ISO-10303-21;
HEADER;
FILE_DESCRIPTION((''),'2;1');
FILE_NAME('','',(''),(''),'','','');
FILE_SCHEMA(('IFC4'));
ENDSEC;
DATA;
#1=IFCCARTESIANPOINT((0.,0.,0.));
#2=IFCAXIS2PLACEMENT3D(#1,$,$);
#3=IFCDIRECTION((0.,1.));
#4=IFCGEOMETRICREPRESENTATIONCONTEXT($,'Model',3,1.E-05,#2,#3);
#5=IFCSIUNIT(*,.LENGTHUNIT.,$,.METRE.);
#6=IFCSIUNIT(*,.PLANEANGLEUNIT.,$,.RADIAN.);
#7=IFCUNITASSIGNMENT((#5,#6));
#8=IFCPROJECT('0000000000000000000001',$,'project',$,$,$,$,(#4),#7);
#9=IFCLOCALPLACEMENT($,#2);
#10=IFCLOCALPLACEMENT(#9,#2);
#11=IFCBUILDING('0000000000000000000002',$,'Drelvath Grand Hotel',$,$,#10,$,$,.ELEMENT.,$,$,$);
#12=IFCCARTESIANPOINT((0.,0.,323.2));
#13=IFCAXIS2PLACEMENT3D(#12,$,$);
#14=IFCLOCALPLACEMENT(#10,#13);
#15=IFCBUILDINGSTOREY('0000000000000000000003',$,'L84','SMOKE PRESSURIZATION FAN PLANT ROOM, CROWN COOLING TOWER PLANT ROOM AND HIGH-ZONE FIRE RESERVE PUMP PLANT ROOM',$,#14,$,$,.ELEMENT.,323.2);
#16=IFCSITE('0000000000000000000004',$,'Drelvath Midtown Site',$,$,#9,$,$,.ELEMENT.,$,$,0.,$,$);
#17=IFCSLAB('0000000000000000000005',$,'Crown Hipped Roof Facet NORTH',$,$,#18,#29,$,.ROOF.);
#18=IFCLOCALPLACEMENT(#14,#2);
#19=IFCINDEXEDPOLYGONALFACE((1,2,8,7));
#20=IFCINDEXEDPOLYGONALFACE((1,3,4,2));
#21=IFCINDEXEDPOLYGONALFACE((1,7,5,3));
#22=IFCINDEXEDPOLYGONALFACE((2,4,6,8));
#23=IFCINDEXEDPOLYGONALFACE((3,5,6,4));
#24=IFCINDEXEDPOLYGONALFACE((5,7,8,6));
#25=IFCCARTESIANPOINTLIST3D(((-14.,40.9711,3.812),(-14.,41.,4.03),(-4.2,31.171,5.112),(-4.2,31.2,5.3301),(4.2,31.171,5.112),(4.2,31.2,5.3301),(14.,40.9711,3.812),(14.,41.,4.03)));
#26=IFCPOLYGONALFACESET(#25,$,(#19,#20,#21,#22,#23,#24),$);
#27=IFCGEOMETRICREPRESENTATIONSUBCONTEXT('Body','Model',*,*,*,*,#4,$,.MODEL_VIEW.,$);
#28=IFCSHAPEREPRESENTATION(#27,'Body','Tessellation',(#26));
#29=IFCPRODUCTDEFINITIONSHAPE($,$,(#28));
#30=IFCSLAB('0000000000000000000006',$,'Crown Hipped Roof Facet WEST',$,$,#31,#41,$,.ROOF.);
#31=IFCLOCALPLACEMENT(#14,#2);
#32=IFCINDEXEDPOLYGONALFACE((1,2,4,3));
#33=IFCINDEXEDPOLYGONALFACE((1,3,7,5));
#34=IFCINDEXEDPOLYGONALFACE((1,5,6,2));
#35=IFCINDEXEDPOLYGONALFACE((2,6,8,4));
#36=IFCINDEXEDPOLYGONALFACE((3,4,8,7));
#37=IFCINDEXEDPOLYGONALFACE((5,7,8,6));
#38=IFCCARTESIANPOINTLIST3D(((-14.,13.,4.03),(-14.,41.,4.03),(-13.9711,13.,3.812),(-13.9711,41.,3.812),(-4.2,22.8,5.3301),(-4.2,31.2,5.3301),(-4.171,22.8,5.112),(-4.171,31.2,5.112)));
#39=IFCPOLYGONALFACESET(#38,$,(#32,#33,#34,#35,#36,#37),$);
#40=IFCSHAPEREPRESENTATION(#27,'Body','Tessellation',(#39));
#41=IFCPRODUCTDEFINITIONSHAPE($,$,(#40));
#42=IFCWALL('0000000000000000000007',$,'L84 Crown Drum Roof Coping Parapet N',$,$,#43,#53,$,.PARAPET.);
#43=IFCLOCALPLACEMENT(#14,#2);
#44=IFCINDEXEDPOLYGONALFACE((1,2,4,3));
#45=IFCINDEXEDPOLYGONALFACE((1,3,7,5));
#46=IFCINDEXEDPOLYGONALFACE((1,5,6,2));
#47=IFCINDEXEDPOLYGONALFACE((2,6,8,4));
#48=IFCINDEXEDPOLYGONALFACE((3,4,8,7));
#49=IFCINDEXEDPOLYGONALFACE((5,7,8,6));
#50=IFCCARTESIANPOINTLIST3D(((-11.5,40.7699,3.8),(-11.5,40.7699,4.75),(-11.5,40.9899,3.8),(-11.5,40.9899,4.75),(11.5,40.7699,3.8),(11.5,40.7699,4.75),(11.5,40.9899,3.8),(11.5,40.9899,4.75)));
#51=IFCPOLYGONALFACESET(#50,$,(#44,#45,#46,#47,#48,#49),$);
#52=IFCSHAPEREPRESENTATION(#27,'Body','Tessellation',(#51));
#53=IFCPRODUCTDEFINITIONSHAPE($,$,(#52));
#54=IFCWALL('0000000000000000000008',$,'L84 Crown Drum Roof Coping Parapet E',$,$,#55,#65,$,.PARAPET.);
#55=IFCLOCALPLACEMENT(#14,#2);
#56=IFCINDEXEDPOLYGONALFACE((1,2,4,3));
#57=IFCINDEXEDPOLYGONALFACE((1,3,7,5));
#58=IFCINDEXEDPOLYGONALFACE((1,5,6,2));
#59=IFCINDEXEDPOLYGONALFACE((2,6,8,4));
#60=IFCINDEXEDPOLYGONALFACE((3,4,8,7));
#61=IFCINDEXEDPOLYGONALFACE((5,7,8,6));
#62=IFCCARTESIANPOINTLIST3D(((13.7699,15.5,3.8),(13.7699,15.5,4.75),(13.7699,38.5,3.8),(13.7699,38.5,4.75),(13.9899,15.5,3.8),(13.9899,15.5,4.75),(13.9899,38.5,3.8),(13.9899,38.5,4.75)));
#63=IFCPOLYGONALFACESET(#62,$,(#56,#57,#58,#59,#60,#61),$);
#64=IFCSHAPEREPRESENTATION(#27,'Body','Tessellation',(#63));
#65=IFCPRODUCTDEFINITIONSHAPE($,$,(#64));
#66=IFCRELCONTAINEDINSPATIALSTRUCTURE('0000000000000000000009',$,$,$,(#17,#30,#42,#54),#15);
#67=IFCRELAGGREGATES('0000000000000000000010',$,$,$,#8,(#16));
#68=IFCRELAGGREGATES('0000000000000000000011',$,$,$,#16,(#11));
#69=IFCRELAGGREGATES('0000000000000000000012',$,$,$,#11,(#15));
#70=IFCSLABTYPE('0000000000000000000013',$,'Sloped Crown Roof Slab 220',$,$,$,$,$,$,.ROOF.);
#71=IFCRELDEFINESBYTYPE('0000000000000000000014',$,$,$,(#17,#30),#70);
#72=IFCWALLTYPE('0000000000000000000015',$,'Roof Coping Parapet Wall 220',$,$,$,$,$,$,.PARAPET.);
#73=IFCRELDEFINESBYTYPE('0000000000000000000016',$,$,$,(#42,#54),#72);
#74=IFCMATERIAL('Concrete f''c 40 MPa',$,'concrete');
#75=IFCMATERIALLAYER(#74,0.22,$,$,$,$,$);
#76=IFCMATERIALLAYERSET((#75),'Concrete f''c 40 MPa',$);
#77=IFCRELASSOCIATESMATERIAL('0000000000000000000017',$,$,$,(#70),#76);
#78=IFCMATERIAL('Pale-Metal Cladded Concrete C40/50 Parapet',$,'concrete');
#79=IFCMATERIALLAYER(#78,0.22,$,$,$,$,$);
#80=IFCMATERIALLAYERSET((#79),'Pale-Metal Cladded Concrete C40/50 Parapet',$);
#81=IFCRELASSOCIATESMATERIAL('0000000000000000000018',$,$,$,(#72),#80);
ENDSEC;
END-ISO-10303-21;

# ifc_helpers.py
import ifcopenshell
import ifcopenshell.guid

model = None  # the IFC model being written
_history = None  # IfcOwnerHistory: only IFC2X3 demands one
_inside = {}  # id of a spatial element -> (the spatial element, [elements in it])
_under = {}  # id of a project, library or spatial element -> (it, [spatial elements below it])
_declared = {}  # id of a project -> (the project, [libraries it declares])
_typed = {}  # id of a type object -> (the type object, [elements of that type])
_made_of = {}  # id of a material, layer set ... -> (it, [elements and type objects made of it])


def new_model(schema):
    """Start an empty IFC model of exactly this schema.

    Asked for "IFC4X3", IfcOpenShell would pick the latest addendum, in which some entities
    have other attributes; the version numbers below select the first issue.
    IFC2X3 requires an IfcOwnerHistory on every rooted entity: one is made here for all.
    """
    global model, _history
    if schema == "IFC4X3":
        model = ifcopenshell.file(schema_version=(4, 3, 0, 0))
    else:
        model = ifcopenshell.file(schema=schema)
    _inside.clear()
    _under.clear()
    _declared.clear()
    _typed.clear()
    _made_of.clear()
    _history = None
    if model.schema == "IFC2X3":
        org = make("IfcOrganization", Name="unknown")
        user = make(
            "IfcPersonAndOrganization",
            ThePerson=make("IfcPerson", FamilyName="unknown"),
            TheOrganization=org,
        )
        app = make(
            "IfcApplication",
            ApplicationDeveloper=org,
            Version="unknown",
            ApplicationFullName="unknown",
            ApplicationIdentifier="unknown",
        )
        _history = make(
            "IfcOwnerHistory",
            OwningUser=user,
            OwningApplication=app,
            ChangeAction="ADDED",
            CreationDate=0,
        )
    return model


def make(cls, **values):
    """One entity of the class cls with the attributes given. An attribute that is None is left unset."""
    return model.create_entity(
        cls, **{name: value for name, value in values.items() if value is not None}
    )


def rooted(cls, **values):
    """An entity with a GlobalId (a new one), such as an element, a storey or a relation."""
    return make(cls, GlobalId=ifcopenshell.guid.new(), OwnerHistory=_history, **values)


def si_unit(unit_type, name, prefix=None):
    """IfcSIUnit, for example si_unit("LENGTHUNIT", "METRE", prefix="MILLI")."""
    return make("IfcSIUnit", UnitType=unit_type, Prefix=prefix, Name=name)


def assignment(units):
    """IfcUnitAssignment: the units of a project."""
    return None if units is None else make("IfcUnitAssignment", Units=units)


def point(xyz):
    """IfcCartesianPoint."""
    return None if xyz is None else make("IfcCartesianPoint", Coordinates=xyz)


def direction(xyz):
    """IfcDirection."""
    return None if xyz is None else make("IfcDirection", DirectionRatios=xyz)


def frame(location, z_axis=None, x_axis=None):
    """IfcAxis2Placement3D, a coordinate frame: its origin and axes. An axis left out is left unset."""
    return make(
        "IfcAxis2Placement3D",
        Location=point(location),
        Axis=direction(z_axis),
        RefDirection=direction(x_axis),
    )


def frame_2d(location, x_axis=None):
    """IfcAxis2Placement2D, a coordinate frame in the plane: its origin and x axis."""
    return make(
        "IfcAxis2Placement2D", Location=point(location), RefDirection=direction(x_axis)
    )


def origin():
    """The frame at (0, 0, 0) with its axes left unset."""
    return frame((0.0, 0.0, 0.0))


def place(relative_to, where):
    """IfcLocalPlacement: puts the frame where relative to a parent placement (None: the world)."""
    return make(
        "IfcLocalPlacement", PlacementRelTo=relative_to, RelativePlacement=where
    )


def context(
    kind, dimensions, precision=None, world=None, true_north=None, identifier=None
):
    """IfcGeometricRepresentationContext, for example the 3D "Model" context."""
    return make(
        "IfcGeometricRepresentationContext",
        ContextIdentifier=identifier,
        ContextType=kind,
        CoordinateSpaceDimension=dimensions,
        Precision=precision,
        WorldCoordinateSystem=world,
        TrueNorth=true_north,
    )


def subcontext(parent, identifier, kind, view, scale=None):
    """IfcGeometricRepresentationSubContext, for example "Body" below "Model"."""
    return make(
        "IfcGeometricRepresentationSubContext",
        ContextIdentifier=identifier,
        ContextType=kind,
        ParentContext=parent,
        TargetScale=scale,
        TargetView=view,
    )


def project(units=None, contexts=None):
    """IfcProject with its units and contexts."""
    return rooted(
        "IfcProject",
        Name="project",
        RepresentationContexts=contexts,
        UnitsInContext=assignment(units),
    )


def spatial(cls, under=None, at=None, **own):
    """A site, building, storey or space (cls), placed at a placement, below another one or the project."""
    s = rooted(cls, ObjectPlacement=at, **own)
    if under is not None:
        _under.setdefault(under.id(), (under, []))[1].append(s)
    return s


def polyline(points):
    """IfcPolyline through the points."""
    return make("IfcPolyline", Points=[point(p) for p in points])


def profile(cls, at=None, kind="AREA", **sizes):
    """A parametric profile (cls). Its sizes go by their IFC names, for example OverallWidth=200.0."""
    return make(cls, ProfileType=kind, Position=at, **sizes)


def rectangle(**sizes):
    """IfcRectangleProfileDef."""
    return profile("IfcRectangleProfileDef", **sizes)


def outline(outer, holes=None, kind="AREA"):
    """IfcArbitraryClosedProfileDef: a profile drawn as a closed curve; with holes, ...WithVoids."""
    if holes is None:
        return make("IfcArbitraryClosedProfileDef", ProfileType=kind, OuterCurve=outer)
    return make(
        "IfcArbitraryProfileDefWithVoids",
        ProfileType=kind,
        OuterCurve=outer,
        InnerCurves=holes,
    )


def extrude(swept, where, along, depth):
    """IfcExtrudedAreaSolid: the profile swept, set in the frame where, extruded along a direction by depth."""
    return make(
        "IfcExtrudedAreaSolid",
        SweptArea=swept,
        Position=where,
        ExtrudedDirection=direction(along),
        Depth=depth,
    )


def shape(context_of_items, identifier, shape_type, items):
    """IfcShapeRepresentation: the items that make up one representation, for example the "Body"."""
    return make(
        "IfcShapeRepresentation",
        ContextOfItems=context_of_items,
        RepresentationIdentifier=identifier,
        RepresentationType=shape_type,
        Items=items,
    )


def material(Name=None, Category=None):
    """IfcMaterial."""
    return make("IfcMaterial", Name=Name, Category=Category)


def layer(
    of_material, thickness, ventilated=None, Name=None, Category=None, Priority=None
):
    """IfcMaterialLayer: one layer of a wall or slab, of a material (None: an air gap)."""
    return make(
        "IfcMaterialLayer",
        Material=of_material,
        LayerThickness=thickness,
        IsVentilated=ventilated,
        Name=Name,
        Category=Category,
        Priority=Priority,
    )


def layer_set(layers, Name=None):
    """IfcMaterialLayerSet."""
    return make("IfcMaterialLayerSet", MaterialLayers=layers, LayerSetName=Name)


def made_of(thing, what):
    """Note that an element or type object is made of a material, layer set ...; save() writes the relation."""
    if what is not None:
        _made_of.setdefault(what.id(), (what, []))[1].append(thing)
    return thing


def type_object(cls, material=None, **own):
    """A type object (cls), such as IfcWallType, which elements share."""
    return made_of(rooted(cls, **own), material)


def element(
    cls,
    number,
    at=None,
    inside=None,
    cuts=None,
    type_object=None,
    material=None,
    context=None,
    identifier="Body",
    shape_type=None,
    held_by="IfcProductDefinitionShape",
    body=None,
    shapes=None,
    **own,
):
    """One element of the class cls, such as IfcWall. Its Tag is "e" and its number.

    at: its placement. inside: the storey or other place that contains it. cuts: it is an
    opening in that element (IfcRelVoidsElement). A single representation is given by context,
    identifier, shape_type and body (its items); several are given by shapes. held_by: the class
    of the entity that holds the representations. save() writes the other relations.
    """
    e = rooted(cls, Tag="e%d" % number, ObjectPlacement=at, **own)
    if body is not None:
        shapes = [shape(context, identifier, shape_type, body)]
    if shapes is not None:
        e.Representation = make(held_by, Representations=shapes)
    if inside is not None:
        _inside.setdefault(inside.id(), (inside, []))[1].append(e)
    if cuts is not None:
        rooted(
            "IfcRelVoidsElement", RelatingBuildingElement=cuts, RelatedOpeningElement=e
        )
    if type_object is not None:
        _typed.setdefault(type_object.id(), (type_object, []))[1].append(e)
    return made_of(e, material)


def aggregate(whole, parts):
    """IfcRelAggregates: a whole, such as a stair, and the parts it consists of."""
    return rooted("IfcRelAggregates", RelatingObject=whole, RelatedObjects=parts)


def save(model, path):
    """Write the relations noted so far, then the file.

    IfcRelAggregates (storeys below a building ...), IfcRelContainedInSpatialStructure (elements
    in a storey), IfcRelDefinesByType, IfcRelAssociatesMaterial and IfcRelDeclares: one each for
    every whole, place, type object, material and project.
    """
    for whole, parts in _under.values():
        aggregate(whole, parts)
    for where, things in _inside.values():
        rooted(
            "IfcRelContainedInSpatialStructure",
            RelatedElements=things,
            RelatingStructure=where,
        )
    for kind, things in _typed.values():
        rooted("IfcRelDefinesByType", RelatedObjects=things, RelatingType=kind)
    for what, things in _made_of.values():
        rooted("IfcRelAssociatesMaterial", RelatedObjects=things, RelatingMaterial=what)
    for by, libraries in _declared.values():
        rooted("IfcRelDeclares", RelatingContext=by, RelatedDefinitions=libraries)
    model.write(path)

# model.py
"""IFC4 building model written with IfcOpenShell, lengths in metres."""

from ifc_helpers import new_model, si_unit, direction, frame, frame_2d, origin, place, context, subcontext, project, spatial, polyline, rectangle, outline, extrude, material, layer, layer_set, type_object, element, save


model = new_model("IFC4")

# Units and contexts
model_context = context("Model", 3, precision=1e-05, world=origin(), true_north=direction((0.0, 1.0)))
body_context = subcontext(model_context, "Body", "Model", "MODEL_VIEW")
ifc_project = project(units=[si_unit("LENGTHUNIT", "METRE"), si_unit("PLANEANGLEUNIT", "RADIAN")], contexts=[model_context])

# Site, building, storey
site_placement = place(None, origin())
site = spatial("IfcSite", under=ifc_project, at=site_placement, Name="Drelvath Midtown Site", CompositionType="ELEMENT", RefElevation=0.0)
building_placement = place(site_placement, origin())
building = spatial("IfcBuilding", under=site, at=building_placement, Name="Drelvath Grand Hotel", CompositionType="ELEMENT")
storey_placement = place(building_placement, frame((0.0, 0.0, 323.2)))
storey = spatial("IfcBuildingStorey", under=building, at=storey_placement, Name="L84", Description="SMOKE PRESSURIZATION FAN PLANT ROOM, CROWN COOLING TOWER PLANT ROOM AND HIGH-ZONE FIRE RESERVE PUMP PLANT ROOM", CompositionType="ELEMENT", Elevation=323.2)

# Slabs
ifc_material_1 = material(Name="Concrete f'c 40 MPa", Category="concrete")
ifc_layer_1 = layer(ifc_material_1, 0.22)
ifc_layer_set_1 = layer_set([ifc_layer_1], Name="Concrete f'c 40 MPa")
slab_type = type_object("IfcSlabType", Name="Sloped Crown Roof Slab 220", PredefinedType="ROOF", material=ifc_layer_set_1)
for number, where, z_axis, x_axis, name in (
    (1, (14.0, 41.0, 4.03), (0.0, 0.131505, 0.991315), (-1.0, 0.0, 0.0), "Crown Hipped Roof Facet NORTH"),
    (2, (-14.0, 41.0, 4.03), (-0.131505, 0.0, 0.991315), (0.0, -1.0, 0.0), "Crown Hipped Roof Facet WEST"),
):
    element("IfcSlab", number, at=place(storey_placement, frame(where, z_axis=z_axis, x_axis=x_axis)), inside=storey, type_object=slab_type, Name=name, PredefinedType="ROOF", context=body_context, shape_type="SweptSolid", body=[
        extrude(outline(polyline([(0.0, 0.0), (28.0, 0.0), (18.2, 9.8859), (9.8, 9.8859), (0.0, 0.0)])), origin(), (0.0, 0.0, -1.0), 0.22),
    ])

# Walls
ifc_material_2 = material(Name="Pale-Metal Cladded Concrete C40/50 Parapet", Category="concrete")
ifc_layer_2 = layer(ifc_material_2, 0.22)
ifc_layer_set_2 = layer_set([ifc_layer_2], Name="Pale-Metal Cladded Concrete C40/50 Parapet")
wall_type = type_object("IfcWallType", Name="Roof Coping Parapet Wall 220", PredefinedType="PARAPET", material=ifc_layer_set_2)
for number, where, z_axis, x_axis, name in (
    (3, (-11.5, 40.8799, 3.8), (0.0, 0.0, 1.0), (1.0, 0.0, 0.0), "L84 Crown Drum Roof Coping Parapet N"),
    (4, (13.8799, 38.5, 3.8), (0.0, 0.0, 1.0), (0.0, -1.0, 0.0), "L84 Crown Drum Roof Coping Parapet E"),
):
    element("IfcWall", number, at=place(storey_placement, frame(where, z_axis=z_axis, x_axis=x_axis)), inside=storey, type_object=wall_type, Name=name, PredefinedType="PARAPET", context=body_context, shape_type="SweptSolid", body=[
        extrude(rectangle(XDim=23.0, YDim=0.22, at=frame_2d((11.5, 0.0))), origin(), (0.0, 0.0, 1.0), 0.95),
    ])

save(model, "model.ifc")
